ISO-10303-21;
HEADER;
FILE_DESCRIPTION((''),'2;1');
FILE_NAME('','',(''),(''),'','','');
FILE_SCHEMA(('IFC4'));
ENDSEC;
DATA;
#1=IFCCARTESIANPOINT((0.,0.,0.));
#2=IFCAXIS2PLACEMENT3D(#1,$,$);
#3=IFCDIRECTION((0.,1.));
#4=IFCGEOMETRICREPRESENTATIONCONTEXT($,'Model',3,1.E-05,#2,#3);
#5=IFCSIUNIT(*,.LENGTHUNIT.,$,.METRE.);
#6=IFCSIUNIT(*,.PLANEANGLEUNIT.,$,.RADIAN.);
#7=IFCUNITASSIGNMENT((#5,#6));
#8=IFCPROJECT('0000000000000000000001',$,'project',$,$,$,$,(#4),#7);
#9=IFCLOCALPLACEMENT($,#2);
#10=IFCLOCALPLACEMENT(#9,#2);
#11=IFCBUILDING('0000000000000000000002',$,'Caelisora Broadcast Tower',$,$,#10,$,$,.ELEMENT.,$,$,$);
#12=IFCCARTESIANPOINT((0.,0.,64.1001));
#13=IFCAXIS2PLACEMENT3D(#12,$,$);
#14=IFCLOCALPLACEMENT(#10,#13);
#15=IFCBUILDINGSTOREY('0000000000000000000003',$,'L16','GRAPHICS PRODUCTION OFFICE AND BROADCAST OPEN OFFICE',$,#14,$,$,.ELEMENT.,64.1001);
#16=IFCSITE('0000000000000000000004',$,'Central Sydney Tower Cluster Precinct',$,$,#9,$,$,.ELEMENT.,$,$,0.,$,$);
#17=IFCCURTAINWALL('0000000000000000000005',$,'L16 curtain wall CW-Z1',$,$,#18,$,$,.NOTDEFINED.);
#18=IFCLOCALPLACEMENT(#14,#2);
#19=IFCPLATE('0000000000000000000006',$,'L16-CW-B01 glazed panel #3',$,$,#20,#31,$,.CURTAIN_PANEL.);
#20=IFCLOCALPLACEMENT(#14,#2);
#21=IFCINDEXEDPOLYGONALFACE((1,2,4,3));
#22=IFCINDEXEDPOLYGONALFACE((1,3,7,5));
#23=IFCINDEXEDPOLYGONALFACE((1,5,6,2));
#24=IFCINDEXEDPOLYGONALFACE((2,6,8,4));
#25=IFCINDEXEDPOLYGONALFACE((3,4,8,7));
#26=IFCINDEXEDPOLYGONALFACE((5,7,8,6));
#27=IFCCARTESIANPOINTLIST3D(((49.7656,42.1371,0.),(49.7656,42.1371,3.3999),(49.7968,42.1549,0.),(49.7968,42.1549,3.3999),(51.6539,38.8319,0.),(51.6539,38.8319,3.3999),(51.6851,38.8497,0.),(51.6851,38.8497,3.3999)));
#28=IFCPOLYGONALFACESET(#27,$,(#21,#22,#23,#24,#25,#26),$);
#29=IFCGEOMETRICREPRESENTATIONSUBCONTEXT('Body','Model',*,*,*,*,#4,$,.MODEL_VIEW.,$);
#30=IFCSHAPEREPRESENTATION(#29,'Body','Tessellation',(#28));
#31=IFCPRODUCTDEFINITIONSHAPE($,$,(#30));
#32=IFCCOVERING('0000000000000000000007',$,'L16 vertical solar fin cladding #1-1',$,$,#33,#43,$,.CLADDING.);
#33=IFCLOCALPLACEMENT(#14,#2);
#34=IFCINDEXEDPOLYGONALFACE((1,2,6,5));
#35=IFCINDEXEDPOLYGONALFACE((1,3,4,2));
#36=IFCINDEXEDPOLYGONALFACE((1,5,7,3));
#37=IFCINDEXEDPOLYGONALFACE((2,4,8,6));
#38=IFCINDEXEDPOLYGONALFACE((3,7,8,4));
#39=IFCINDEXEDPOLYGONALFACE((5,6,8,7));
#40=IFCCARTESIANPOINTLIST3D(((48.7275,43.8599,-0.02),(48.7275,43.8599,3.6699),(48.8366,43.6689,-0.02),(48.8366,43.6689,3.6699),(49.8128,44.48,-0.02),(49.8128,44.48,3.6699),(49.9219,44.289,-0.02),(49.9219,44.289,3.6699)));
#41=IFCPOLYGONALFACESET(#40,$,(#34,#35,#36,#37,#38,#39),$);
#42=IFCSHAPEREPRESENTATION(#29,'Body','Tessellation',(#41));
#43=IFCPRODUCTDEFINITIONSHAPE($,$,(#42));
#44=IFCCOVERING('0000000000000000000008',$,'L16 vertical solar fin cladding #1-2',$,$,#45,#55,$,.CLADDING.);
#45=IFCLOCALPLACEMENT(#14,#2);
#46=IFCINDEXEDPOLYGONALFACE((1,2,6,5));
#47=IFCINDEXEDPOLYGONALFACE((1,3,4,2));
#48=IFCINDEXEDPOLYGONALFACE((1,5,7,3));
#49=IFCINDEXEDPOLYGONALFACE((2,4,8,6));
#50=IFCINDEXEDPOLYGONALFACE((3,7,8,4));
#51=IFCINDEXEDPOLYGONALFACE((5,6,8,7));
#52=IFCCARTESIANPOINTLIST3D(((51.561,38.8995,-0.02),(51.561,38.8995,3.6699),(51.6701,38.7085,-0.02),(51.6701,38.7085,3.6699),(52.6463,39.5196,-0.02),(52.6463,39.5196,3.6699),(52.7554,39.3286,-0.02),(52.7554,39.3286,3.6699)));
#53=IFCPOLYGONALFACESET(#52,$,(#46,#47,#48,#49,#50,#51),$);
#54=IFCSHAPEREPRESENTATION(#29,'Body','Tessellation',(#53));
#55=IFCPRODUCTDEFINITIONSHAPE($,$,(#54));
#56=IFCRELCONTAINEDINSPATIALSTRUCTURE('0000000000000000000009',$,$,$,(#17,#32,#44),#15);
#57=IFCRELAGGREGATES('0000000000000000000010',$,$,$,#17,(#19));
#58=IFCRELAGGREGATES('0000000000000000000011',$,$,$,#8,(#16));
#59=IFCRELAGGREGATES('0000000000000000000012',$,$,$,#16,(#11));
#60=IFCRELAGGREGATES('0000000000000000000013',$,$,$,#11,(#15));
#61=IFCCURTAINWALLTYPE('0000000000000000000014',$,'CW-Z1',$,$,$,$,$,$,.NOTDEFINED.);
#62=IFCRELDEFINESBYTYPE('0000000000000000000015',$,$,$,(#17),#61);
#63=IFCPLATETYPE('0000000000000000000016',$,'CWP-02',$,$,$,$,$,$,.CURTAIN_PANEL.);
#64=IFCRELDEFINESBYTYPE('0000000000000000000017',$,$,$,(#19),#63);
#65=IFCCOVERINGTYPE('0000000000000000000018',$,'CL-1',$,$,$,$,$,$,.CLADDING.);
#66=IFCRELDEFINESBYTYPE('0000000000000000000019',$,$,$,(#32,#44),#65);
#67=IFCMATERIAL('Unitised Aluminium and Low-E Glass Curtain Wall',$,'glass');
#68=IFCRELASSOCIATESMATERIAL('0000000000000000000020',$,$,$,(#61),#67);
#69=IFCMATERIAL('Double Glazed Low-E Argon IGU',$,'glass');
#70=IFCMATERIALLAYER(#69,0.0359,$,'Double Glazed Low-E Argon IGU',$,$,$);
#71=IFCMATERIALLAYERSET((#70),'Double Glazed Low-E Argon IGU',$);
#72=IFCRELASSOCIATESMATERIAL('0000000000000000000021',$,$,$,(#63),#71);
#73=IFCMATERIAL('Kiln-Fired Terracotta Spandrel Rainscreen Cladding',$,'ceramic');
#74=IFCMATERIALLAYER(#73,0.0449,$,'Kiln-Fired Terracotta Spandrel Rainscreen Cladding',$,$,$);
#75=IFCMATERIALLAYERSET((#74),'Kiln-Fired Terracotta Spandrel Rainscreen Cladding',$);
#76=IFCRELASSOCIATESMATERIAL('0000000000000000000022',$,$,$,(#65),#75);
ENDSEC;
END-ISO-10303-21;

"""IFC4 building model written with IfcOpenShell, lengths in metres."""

from ifc_helpers import new_model, si_unit, direction, frame, origin, origin_2d, place, context, subcontext, project, spatial, rectangle, extrude, source, transform, mapped, material, layer, layer_set, type_object, type_shapes, element, aggregate, save


model = new_model("IFC4")

# Units and contexts
model_context = context("Model", 3, precision=1e-05, world=origin(), true_north=direction((0.0, 1.0)))
body_context = subcontext(model_context, "Body", "Model", "MODEL_VIEW")
ifc_project = project(units=[si_unit("LENGTHUNIT", "METRE"), si_unit("PLANEANGLEUNIT", "RADIAN")], contexts=[model_context])

# Site, building, storey
site_placement = place(None, origin())
site = spatial("IfcSite", under=ifc_project, at=site_placement, Name="Central Sydney Tower Cluster Precinct", CompositionType="ELEMENT", RefElevation=0.0)
building_placement = place(site_placement, origin())
building = spatial("IfcBuilding", under=site, at=building_placement, Name="Caelisora Broadcast Tower", CompositionType="ELEMENT")
storey_placement = place(building_placement, frame((0.0, 0.0, 64.1001)))
storey = spatial("IfcBuildingStorey", under=building, at=storey_placement, Name="L16", Description="GRAPHICS PRODUCTION OFFICE AND BROADCAST OPEN OFFICE", CompositionType="ELEMENT", Elevation=64.1001)

# Curtain wall
ifc_material_1 = material(Name="Unitised Aluminium and Low-E Glass Curtain Wall", Category="glass")
curtain_wall_type_1 = type_object("IfcCurtainWallType", Name="CW-Z1", PredefinedType="NOTDEFINED", material=ifc_material_1)
curtain_wall_1_placement = place(storey_placement, origin())
curtain_wall_1 = element("IfcCurtainWall", 1, at=curtain_wall_1_placement, inside=storey, type_object=curtain_wall_type_1, Name="L16 curtain wall CW-Z1", PredefinedType="NOTDEFINED")

# Plate
ifc_material_2 = material(Name="Double Glazed Low-E Argon IGU", Category="glass")
ifc_layer_1 = layer(ifc_material_2, 0.0359, Name="Double Glazed Low-E Argon IGU")
ifc_layer_set_1 = layer_set([ifc_layer_1], Name="Double Glazed Low-E Argon IGU")
plate_type_1 = type_object("IfcPlateType", Name="CWP-02", PredefinedType="CURTAIN_PANEL", material=ifc_layer_set_1)
shared_shape_1 = source(origin(), body_context, "Body", "SweptSolid", [
    extrude(rectangle(XDim=3.8066, YDim=0.0359, at=origin_2d()), origin(), (0.0, 0.0, 1.0), 3.3999),
])
type_shapes(plate_type_1, [shared_shape_1])
plate_1_placement = place(storey_placement, frame((50.7253, 40.4934, 0.0), z_axis=(0.0, 0.0, 1.0), x_axis=(0.496065, -0.868285, 0.0)))
plate_1 = element("IfcPlate", 2, at=plate_1_placement, type_object=plate_type_1, Name="L16-CW-B01 glazed panel #3", PredefinedType="CURTAIN_PANEL", context=body_context, shape_type="MappedRepresentation", body=[
    mapped(shared_shape_1, transform((0.0, 0.0, 0.0), scale=1.0)),
])
aggregate(curtain_wall_1, [plate_1])

# Coverings
ifc_material_3 = material(Name="Kiln-Fired Terracotta Spandrel Rainscreen Cladding", Category="ceramic")
ifc_layer_2 = layer(ifc_material_3, 0.0449, Name="Kiln-Fired Terracotta Spandrel Rainscreen Cladding")
ifc_layer_set_2 = layer_set([ifc_layer_2], Name="Kiln-Fired Terracotta Spandrel Rainscreen Cladding")
covering_type = type_object("IfcCoveringType", Name="CL-1", PredefinedType="CLADDING", material=ifc_layer_set_2)
shared_shape_2 = source(origin(), body_context, "Body", "SweptSolid", [
    extrude(rectangle(XDim=0.22, YDim=1.25, at=origin_2d()), origin(), (0.0, 0.0, 1.0), 3.6899),
])
type_shapes(covering_type, [shared_shape_2])
for number, where, z_axis, x_axis, name in (
    (3, (49.3247, 44.0745, -0.02), (0.0, 0.0, 1.0), (0.496065, -0.868285, 0.0), "L16 vertical solar fin cladding #1-1"),
    (4, (52.1582, 39.114, -0.02), (0.0, 0.0, 1.0), (0.496065, -0.868285, 0.0), "L16 vertical solar fin cladding #1-2"),
):
    element("IfcCovering", number, at=place(storey_placement, frame(where, z_axis=z_axis, x_axis=x_axis)), inside=storey, type_object=covering_type, Name=name, PredefinedType="CLADDING", context=body_context, shape_type="MappedRepresentation", body=[
        mapped(shared_shape_2, transform((0.0, 0.0, 0.0), scale=1.0)),
    ])

save(model, "model.ifc")
